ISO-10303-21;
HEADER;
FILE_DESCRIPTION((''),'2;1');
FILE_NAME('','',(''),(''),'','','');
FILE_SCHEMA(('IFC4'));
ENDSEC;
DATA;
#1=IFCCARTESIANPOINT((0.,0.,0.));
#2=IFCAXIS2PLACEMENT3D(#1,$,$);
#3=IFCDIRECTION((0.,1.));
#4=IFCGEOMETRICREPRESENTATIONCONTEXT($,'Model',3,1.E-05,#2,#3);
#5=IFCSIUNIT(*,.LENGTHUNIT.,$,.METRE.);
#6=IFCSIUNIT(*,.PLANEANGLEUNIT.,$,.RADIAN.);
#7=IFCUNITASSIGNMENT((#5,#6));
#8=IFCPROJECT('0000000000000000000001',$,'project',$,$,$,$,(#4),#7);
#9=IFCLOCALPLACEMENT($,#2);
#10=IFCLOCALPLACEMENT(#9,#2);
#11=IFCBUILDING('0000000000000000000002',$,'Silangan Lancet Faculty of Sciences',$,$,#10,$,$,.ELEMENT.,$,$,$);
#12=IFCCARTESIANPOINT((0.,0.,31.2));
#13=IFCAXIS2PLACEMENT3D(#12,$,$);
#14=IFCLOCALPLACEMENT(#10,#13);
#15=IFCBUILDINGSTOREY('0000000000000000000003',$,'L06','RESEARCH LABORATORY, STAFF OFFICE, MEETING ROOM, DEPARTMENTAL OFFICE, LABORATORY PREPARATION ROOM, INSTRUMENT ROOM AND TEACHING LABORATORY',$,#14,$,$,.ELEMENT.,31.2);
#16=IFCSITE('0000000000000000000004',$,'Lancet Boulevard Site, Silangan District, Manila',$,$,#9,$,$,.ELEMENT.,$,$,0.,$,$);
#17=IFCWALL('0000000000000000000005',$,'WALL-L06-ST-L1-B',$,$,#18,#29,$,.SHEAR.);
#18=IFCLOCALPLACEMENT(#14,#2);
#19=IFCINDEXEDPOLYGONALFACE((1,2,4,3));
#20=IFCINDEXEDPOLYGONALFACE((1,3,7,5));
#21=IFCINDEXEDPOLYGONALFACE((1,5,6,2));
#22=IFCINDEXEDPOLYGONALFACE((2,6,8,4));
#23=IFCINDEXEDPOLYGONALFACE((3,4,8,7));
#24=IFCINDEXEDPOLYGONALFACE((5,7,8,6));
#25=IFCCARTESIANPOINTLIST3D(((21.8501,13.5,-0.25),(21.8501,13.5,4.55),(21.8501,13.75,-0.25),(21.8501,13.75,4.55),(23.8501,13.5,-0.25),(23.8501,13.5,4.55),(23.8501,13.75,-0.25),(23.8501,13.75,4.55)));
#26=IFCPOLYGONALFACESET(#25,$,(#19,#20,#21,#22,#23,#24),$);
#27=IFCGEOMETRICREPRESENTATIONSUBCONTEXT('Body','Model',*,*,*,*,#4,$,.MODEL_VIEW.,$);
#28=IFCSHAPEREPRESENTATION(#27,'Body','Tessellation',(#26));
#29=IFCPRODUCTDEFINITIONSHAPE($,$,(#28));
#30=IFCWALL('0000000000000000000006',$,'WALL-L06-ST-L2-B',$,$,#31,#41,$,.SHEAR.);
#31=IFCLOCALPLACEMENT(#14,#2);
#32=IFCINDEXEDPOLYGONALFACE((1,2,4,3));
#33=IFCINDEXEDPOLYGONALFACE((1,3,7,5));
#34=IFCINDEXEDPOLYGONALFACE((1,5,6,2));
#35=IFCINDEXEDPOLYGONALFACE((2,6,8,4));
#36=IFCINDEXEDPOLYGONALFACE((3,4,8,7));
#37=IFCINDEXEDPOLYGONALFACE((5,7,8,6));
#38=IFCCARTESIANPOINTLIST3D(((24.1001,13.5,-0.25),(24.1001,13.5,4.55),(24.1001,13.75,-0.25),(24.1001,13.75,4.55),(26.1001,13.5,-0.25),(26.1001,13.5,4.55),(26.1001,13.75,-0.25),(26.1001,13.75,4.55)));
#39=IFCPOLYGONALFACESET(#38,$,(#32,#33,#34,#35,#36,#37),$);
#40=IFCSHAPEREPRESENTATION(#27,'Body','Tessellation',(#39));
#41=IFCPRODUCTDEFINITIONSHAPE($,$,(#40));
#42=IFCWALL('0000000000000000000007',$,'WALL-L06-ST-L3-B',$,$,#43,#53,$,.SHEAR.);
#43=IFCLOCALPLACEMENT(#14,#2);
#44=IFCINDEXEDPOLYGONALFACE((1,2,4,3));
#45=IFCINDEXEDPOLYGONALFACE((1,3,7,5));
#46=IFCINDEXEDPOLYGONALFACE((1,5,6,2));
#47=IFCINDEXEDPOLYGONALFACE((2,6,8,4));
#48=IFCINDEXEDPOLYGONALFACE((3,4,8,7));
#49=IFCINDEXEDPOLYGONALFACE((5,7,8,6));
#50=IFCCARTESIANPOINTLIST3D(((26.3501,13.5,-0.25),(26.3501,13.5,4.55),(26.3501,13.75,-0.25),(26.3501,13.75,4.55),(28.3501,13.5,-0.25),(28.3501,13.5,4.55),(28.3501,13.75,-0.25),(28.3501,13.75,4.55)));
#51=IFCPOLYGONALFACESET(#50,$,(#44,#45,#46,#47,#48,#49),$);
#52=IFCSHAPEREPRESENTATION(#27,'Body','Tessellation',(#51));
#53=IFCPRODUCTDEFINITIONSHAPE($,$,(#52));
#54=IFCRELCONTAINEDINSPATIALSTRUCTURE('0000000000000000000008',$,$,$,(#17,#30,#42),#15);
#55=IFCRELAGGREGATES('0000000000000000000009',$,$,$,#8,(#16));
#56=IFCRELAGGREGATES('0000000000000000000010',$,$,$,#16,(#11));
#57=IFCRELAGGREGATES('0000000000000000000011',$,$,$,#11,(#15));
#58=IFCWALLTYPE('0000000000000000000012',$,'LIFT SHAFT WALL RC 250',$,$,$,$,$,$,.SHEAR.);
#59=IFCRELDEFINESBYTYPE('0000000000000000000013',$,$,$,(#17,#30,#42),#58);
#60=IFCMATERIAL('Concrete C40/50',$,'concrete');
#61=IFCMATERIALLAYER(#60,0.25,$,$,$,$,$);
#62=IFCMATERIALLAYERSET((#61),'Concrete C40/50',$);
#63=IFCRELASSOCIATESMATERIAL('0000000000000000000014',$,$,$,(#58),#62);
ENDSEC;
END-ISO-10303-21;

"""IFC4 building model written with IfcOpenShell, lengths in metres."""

from ifc_helpers import new_model, si_unit, direction, frame, frame_2d, origin, place, context, subcontext, project, spatial, rectangle, extrude, material, layer, layer_set, type_object, element, save


model = new_model("IFC4")

# Units and contexts
model_context = context("Model", 3, precision=1e-05, world=origin(), true_north=direction((0.0, 1.0)))
body_context = subcontext(model_context, "Body", "Model", "MODEL_VIEW")
ifc_project = project(units=[si_unit("LENGTHUNIT", "METRE"), si_unit("PLANEANGLEUNIT", "RADIAN")], contexts=[model_context])

# Site, building, storey
site_placement = place(None, origin())
site = spatial("IfcSite", under=ifc_project, at=site_placement, Name="Lancet Boulevard Site, Silangan District, Manila", CompositionType="ELEMENT", RefElevation=0.0)
building_placement = place(site_placement, origin())
building = spatial("IfcBuilding", under=site, at=building_placement, Name="Silangan Lancet Faculty of Sciences", CompositionType="ELEMENT")
storey_placement = place(building_placement, frame((0.0, 0.0, 31.2)))
storey = spatial("IfcBuildingStorey", under=building, at=storey_placement, Name="L06", Description="RESEARCH LABORATORY, STAFF OFFICE, MEETING ROOM, DEPARTMENTAL OFFICE, LABORATORY PREPARATION ROOM, INSTRUMENT ROOM AND TEACHING LABORATORY", CompositionType="ELEMENT", Elevation=31.2)

# Walls
ifc_material_1 = material(Name="Concrete C40/50", Category="concrete")
ifc_layer_1 = layer(ifc_material_1, 0.25)
ifc_layer_set_1 = layer_set([ifc_layer_1], Name="Concrete C40/50")
wall_type_1 = type_object("IfcWallType", Name="LIFT SHAFT WALL RC 250", PredefinedType="SHEAR", material=ifc_layer_set_1)
for number, where, z_axis, x_axis, name in (
    (1, (21.8501, 13.625, -0.25), (0.0, 0.0, 1.0), (1.0, 0.0, 0.0), "WALL-L06-ST-L1-B"),
    (2, (24.1001, 13.625, -0.25), (0.0, 0.0, 1.0), (1.0, 0.0, 0.0), "WALL-L06-ST-L2-B"),
    (3, (26.3501, 13.625, -0.25), (0.0, 0.0, 1.0), (1.0, 0.0, 0.0), "WALL-L06-ST-L3-B"),
):
    element("IfcWall", number, at=place(storey_placement, frame(where, z_axis=z_axis, x_axis=x_axis)), inside=storey, type_object=wall_type_1, Name=name, PredefinedType="SHEAR", context=body_context, shape_type="SweptSolid", body=[
        extrude(rectangle(XDim=2.0, YDim=0.25, at=frame_2d((1.0, 0.0))), origin(), (0.0, 0.0, 1.0), 4.8),
    ])

save(model, "model.ifc")
